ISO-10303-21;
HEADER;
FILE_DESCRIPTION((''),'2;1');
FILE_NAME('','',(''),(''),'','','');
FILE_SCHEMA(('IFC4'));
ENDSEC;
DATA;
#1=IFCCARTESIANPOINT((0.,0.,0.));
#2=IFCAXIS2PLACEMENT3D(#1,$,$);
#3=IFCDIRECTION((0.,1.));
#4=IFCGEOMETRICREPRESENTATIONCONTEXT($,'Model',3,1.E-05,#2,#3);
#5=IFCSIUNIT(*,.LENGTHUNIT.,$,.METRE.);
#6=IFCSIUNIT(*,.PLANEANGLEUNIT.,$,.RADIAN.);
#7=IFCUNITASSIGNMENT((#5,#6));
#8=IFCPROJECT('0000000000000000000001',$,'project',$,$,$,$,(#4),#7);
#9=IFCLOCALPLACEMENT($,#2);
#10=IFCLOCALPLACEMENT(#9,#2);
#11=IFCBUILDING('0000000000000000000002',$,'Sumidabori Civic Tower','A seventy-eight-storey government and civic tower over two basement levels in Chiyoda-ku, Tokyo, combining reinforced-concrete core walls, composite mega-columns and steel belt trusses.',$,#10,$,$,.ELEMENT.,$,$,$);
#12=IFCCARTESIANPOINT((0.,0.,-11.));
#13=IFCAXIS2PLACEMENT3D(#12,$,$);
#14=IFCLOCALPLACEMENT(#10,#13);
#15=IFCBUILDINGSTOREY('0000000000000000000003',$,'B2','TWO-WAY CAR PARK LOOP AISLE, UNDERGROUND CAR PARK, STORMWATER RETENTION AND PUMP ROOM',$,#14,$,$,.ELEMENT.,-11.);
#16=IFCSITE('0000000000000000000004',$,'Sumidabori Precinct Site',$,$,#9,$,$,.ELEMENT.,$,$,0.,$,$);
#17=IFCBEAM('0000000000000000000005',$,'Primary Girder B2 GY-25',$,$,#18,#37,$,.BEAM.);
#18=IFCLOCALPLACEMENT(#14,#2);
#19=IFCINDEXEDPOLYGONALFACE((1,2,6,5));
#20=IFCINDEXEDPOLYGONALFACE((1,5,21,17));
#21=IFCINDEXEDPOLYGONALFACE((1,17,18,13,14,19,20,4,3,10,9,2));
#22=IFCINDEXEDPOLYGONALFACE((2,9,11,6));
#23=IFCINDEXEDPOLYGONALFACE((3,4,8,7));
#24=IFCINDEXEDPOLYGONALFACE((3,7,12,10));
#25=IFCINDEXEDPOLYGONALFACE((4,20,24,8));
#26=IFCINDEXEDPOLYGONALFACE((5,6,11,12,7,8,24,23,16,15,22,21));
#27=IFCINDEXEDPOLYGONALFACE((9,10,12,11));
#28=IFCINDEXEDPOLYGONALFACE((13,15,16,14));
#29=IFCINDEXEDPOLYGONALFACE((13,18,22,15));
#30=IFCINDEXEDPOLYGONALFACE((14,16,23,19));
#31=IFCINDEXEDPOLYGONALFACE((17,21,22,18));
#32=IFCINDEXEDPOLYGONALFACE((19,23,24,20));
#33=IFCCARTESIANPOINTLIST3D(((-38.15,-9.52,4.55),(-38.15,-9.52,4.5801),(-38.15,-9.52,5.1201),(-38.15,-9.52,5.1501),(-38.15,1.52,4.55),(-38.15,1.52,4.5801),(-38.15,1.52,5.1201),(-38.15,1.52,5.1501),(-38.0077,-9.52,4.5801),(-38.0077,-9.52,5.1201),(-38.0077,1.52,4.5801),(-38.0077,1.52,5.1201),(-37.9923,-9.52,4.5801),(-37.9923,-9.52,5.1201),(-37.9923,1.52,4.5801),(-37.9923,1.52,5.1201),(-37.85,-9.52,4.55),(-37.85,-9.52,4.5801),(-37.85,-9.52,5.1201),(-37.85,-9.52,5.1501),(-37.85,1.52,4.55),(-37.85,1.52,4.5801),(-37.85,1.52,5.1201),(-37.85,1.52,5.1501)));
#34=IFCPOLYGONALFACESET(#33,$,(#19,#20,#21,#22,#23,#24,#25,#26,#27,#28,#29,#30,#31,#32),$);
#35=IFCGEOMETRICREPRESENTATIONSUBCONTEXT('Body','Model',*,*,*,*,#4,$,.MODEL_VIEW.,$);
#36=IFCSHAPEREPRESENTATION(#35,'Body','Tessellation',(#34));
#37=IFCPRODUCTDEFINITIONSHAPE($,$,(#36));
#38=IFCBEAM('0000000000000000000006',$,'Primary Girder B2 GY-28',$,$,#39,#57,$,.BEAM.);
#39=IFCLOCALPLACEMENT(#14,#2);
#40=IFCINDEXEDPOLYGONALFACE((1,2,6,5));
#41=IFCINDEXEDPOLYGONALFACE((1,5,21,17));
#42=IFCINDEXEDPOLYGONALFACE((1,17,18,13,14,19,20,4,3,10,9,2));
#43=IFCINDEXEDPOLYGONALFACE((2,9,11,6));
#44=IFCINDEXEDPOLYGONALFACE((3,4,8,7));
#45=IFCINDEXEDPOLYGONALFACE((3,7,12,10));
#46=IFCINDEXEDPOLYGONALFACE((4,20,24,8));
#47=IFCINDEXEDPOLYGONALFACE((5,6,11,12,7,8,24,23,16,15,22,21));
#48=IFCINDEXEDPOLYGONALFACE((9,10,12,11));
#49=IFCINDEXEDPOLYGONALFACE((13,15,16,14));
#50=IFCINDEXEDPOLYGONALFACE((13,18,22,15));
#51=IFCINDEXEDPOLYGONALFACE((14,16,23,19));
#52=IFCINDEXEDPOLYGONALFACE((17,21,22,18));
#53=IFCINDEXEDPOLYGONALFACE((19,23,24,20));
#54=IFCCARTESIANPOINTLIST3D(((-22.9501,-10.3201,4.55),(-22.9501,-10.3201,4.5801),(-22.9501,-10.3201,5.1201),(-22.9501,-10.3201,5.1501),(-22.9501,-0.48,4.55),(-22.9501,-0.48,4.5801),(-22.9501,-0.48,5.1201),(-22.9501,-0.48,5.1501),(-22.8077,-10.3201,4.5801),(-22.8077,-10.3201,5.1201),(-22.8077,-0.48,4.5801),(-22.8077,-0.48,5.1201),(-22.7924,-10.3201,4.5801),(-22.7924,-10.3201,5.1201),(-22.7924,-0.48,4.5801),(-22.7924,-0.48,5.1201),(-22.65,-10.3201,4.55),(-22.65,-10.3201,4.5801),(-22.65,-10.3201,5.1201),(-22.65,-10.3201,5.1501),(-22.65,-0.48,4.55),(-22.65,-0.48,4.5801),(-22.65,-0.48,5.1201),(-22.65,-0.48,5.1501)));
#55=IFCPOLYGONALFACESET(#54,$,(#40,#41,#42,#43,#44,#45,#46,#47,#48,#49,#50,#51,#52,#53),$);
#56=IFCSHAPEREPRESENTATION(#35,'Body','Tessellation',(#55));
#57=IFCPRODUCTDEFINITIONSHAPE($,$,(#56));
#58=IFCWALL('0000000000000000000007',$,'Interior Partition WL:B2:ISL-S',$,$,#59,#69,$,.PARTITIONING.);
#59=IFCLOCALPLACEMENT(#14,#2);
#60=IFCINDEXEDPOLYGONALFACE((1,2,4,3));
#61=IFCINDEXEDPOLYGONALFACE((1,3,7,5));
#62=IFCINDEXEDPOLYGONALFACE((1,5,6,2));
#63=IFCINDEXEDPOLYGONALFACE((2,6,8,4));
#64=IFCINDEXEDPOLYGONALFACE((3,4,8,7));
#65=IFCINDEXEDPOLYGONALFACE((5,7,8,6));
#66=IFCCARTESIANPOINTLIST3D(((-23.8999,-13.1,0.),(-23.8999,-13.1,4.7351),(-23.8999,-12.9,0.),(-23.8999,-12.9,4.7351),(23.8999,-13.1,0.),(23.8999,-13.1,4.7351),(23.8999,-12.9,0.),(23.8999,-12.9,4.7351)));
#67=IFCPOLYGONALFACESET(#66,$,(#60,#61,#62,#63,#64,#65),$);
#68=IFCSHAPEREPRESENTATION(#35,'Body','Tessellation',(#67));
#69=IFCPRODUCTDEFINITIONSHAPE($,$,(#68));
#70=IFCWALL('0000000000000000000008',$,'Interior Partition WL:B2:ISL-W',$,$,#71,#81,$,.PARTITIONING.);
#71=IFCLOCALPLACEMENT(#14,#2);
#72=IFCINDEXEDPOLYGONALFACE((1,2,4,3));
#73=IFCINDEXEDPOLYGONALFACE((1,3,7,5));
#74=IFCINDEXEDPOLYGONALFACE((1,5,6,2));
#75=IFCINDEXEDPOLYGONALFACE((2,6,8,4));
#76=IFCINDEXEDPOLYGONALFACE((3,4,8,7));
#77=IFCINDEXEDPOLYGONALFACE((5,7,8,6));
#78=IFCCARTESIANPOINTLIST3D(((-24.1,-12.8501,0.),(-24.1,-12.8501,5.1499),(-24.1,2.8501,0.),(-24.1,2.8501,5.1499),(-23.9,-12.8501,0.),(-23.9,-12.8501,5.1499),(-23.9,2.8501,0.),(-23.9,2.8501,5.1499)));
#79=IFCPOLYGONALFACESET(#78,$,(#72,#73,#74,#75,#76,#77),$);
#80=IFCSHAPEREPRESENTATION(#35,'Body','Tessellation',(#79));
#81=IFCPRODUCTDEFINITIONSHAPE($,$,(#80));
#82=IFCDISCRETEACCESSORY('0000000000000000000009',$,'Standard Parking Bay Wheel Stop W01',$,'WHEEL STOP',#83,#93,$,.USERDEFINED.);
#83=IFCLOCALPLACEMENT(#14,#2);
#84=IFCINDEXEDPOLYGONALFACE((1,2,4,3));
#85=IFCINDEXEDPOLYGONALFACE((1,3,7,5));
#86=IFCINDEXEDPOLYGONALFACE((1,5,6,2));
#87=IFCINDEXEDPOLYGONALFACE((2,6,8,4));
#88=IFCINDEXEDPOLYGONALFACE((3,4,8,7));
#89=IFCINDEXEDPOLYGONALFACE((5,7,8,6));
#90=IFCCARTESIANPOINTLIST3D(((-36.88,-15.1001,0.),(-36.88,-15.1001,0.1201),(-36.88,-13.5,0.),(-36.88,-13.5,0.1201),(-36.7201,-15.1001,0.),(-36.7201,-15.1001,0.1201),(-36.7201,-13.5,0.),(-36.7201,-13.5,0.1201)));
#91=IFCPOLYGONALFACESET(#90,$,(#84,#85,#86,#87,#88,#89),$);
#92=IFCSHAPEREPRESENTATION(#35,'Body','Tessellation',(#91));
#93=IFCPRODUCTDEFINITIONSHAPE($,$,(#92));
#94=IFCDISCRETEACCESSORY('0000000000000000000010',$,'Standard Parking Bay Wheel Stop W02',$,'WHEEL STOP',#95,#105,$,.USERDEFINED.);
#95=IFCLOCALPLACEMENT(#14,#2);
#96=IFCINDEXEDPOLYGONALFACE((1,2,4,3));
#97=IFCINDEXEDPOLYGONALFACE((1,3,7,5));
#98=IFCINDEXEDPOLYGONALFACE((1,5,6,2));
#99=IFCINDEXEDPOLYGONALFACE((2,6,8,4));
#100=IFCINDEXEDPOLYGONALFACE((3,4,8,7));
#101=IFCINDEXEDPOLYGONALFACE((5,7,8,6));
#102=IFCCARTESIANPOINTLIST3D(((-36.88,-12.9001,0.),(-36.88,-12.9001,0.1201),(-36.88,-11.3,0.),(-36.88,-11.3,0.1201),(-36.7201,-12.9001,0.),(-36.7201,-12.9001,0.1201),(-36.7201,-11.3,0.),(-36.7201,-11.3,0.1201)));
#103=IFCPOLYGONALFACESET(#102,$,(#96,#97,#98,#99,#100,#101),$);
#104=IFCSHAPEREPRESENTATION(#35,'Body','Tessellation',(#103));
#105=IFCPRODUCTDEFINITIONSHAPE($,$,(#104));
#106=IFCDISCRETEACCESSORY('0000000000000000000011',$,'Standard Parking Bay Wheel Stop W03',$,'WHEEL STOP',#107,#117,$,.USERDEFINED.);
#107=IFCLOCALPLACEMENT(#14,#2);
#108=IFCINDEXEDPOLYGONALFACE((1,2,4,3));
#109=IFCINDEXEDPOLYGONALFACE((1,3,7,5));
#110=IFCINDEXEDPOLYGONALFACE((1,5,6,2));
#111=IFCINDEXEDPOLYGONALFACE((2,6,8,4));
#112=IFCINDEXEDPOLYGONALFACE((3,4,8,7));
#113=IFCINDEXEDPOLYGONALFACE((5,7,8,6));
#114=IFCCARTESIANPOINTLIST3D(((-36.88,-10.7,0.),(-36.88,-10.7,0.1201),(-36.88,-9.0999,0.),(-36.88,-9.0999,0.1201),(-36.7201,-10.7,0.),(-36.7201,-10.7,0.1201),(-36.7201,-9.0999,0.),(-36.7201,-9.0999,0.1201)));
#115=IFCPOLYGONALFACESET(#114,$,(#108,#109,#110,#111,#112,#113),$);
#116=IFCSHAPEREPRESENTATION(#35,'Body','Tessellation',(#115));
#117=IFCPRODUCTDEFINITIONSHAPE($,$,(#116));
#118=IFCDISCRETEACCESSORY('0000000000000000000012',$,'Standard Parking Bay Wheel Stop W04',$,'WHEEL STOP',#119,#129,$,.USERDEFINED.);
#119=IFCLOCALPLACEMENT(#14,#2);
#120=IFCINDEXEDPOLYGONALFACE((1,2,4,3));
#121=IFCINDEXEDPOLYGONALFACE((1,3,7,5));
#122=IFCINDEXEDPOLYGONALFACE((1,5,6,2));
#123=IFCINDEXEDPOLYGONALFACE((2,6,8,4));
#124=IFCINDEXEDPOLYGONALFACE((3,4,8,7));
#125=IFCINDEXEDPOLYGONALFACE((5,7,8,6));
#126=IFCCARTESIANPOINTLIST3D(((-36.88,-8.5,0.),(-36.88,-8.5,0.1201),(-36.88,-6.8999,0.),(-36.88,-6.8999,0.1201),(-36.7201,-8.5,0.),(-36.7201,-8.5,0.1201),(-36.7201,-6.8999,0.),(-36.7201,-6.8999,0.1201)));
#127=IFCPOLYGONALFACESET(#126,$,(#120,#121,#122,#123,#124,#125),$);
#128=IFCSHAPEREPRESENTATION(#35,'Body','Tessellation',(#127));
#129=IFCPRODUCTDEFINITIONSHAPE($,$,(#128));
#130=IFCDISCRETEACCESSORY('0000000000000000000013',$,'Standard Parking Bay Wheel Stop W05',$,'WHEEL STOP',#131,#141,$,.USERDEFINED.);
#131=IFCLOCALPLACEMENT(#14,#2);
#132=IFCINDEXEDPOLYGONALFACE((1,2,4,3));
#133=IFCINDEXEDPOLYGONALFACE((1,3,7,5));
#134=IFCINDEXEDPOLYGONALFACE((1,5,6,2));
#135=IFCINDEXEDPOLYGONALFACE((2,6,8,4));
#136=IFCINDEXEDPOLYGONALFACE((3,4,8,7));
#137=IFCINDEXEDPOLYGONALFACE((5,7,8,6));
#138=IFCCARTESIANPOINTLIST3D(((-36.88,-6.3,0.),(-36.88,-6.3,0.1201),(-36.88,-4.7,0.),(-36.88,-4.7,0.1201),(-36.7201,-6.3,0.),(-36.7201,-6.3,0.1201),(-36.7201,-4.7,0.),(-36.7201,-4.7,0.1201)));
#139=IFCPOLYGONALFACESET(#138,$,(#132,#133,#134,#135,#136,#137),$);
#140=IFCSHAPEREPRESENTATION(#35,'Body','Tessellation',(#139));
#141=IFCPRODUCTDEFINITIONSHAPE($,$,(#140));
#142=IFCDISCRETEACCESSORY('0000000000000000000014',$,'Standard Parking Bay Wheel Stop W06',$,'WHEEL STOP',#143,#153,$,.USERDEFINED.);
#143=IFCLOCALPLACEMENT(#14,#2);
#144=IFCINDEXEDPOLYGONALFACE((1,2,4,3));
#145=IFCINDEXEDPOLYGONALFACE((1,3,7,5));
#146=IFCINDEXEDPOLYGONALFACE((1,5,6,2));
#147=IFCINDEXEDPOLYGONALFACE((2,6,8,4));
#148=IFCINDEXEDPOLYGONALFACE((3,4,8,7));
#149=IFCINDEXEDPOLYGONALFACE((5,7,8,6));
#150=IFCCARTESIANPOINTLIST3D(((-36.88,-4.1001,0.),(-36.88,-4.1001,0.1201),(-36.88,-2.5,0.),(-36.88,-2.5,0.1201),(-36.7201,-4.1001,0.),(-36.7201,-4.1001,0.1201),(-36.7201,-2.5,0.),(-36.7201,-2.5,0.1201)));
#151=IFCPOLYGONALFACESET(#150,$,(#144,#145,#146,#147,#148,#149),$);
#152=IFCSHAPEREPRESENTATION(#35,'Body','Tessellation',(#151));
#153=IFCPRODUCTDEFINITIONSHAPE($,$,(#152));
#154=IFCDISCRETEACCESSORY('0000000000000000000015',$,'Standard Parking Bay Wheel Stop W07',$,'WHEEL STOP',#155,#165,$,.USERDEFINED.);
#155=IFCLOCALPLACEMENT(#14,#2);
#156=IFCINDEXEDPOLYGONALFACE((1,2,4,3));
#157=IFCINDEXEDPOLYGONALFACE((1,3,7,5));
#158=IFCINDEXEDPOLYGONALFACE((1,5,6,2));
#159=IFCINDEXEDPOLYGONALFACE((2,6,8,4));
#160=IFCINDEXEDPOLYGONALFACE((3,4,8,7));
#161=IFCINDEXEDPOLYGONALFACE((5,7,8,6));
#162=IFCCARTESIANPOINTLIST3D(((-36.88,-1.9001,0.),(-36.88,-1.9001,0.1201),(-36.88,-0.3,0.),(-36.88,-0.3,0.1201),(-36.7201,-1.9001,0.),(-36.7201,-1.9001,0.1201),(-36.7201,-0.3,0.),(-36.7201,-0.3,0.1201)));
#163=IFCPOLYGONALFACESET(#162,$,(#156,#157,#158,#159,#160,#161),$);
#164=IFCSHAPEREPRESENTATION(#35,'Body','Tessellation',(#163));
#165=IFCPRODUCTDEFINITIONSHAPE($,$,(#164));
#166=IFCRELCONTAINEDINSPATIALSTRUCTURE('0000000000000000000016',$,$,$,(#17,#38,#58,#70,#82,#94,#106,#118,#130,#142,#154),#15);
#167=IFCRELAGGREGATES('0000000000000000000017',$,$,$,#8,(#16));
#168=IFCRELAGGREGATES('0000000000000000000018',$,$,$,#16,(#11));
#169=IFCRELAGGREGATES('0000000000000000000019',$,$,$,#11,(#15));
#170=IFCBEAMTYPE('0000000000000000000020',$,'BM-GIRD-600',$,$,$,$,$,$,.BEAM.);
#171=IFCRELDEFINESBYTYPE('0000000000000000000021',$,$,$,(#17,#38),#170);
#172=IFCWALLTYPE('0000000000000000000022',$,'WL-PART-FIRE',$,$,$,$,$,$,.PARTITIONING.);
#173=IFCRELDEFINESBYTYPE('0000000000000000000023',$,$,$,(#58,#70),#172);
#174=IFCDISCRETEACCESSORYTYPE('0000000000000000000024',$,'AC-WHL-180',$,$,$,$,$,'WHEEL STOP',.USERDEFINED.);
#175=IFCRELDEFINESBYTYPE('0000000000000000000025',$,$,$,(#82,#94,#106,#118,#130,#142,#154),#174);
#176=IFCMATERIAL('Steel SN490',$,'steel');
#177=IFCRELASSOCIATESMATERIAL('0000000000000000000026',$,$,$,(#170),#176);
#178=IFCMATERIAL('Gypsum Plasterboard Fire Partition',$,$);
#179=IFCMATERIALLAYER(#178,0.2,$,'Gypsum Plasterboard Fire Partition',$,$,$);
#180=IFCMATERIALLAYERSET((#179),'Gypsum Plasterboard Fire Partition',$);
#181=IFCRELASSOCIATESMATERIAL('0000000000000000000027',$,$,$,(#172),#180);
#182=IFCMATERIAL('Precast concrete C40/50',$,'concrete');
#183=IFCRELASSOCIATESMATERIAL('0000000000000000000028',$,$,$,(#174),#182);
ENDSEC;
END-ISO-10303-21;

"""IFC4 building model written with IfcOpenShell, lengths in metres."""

from ifc_helpers import new_model, si_unit, direction, frame, frame_2d, origin, origin_2d, place, context, subcontext, project, spatial, rectangle, i_section, extrude, source, transform, mapped, material, layer, layer_set, material_profile, profile_set, type_object, element, save


model = new_model("IFC4")

# Units and contexts
model_context = context("Model", 3, precision=1e-05, world=origin(), true_north=direction((0.0, 1.0)))
body_context = subcontext(model_context, "Body", "Model", "MODEL_VIEW")
ifc_project = project(units=[si_unit("LENGTHUNIT", "METRE"), si_unit("PLANEANGLEUNIT", "RADIAN")], contexts=[model_context])

# Site, building, storey
site_placement = place(None, origin())
site = spatial("IfcSite", under=ifc_project, at=site_placement, Name="Sumidabori Precinct Site", CompositionType="ELEMENT", RefElevation=0.0)
building_placement = place(site_placement, origin())
building = spatial("IfcBuilding", under=site, at=building_placement, Name="Sumidabori Civic Tower", Description="A seventy-eight-storey government and civic tower over two basement levels in Chiyoda-ku, Tokyo, combining reinforced-concrete core walls, composite mega-columns and steel belt trusses.", CompositionType="ELEMENT")
storey_placement = place(building_placement, frame((0.0, 0.0, -11.0)))
storey = spatial("IfcBuildingStorey", under=building, at=storey_placement, Name="B2", Description="TWO-WAY CAR PARK LOOP AISLE, UNDERGROUND CAR PARK, STORMWATER RETENTION AND PUMP ROOM", CompositionType="ELEMENT", Elevation=-11.0)

# Beams
ifc_material_1 = material(Name="Steel SN490", Category="steel")
ifc_material_profile_1 = material_profile(ifc_material_1, i_section(OverallWidth=0.3, OverallDepth=0.6001, WebThickness=0.0154, FlangeThickness=0.03, at=origin_2d()), Name="HE 600 B")
ifc_profile_set_1 = profile_set([ifc_material_profile_1], Name="Steel SN490")
beam_type = type_object("IfcBeamType", Name="BM-GIRD-600", PredefinedType="BEAM", material=ifc_profile_set_1)
shared_shape_1 = source(origin(), body_context, "Body", "SweptSolid", [
    extrude(i_section(OverallWidth=0.3, OverallDepth=0.6001, WebThickness=0.0154, FlangeThickness=0.03, at=origin_2d()), origin(), (0.0, 0.0, 1.0), 11.04),
])
beam_1_placement = place(storey_placement, frame((-38.0, -9.52, 4.8501), z_axis=(0.0, 1.0, 0.0), x_axis=(-1.0, 0.0, 0.0)))
element("IfcBeam", 1, at=beam_1_placement, inside=storey, type_object=beam_type, Name="Primary Girder B2 GY-25", PredefinedType="BEAM", context=body_context, shape_type="MappedRepresentation", body=[
    mapped(shared_shape_1, transform((0.0, 0.0, 0.0), x_axis=(1.0, 0.0, 0.0), y_axis=(0.0, 1.0, 0.0), z_axis=(0.0, 0.0, 1.0), scale=1.0)),
])
shared_shape_2 = source(origin(), body_context, "Body", "SweptSolid", [
    extrude(i_section(OverallWidth=0.3, OverallDepth=0.6001, WebThickness=0.0154, FlangeThickness=0.03, at=origin_2d()), origin(), (0.0, 0.0, 1.0), 9.8401),
])
beam_2_placement = place(storey_placement, frame((-22.8, -10.3201, 4.8501), z_axis=(0.0, 1.0, 0.0), x_axis=(-1.0, 0.0, 0.0)))
element("IfcBeam", 2, at=beam_2_placement, inside=storey, type_object=beam_type, Name="Primary Girder B2 GY-28", PredefinedType="BEAM", context=body_context, shape_type="MappedRepresentation", body=[
    mapped(shared_shape_2, transform((0.0, 0.0, 0.0), x_axis=(1.0, 0.0, 0.0), y_axis=(0.0, 1.0, 0.0), z_axis=(0.0, 0.0, 1.0), scale=1.0)),
])

# Walls
ifc_material_2 = material(Name="Gypsum Plasterboard Fire Partition")
ifc_layer_1 = layer(ifc_material_2, 0.2, Name="Gypsum Plasterboard Fire Partition")
ifc_layer_set_1 = layer_set([ifc_layer_1], Name="Gypsum Plasterboard Fire Partition")
wall_type = type_object("IfcWallType", Name="WL-PART-FIRE", PredefinedType="PARTITIONING", material=ifc_layer_set_1)
shared_shape_3 = source(origin(), body_context, "Body", "SweptSolid", [
    extrude(rectangle(XDim=47.7998, YDim=0.2, at=frame_2d((23.8999, 0.0))), origin(), (0.0, 0.0, 1.0), 4.7351),
])
wall_1_placement = place(storey_placement, frame((-23.8999, -13.0, 0.0), z_axis=(0.0, 0.0, 1.0), x_axis=(1.0, 0.0, 0.0)))
element("IfcWall", 3, at=wall_1_placement, inside=storey, type_object=wall_type, Name="Interior Partition WL:B2:ISL-S", PredefinedType="PARTITIONING", context=body_context, shape_type="MappedRepresentation", body=[
    mapped(shared_shape_3, transform((0.0, 0.0, 0.0), x_axis=(1.0, 0.0, 0.0), y_axis=(0.0, 1.0, 0.0), z_axis=(0.0, 0.0, 1.0), scale=1.0)),
])
shared_shape_4 = source(origin(), body_context, "Body", "SweptSolid", [
    extrude(rectangle(XDim=15.7002, YDim=0.2, at=frame_2d((7.8501, 0.0))), origin(), (0.0, 0.0, 1.0), 5.1499),
])
wall_2_placement = place(storey_placement, frame((-24.0, -12.8501, 0.0), z_axis=(0.0, 0.0, 1.0), x_axis=(0.0, 1.0, 0.0)))
element("IfcWall", 4, at=wall_2_placement, inside=storey, type_object=wall_type, Name="Interior Partition WL:B2:ISL-W", PredefinedType="PARTITIONING", context=body_context, shape_type="MappedRepresentation", body=[
    mapped(shared_shape_4, transform((0.0, 0.0, 0.0), x_axis=(1.0, 0.0, 0.0), y_axis=(0.0, 1.0, 0.0), z_axis=(0.0, 0.0, 1.0), scale=1.0)),
])

# Discrete accessories
ifc_material_3 = material(Name="Precast concrete C40/50", Category="concrete")
discrete_accessory_type = type_object("IfcDiscreteAccessoryType", Name="AC-WHL-180", ElementType="WHEEL STOP", PredefinedType="USERDEFINED", material=ifc_material_3)
shared_shape_5 = source(origin(), body_context, "Body", "SweptSolid", [
    extrude(rectangle(XDim=0.1599, YDim=1.6001, at=origin_2d()), origin(), (0.0, 0.0, 1.0), 0.1201),
])
for number, where, z_axis, x_axis, name in (
    (5, (-36.8, -14.3, 0.0), (0.0, 0.0, 1.0), (1.0, 0.0, 0.0), "Standard Parking Bay Wheel Stop W01"),
    (6, (-36.8, -12.1001, 0.0), (0.0, 0.0, 1.0), (1.0, 0.0, 0.0), "Standard Parking Bay Wheel Stop W02"),
    (7, (-36.8, -9.8999, 0.0), (0.0, 0.0, 1.0), (1.0, 0.0, 0.0), "Standard Parking Bay Wheel Stop W03"),
    (8, (-36.8, -7.7, 0.0), (0.0, 0.0, 1.0), (1.0, 0.0, 0.0), "Standard Parking Bay Wheel Stop W04"),
    (9, (-36.8, -5.5, 0.0), (0.0, 0.0, 1.0), (1.0, 0.0, 0.0), "Standard Parking Bay Wheel Stop W05"),
    (10, (-36.8, -3.3, 0.0), (0.0, 0.0, 1.0), (1.0, 0.0, 0.0), "Standard Parking Bay Wheel Stop W06"),
    (11, (-36.8, -1.1001, 0.0), (0.0, 0.0, 1.0), (1.0, 0.0, 0.0), "Standard Parking Bay Wheel Stop W07"),
):
    element("IfcDiscreteAccessory", number, at=place(storey_placement, frame(where, z_axis=z_axis, x_axis=x_axis)), inside=storey, type_object=discrete_accessory_type, Name=name, ObjectType="WHEEL STOP", PredefinedType="USERDEFINED", context=body_context, shape_type="MappedRepresentation", body=[
        mapped(shared_shape_5, transform((0.0, 0.0, 0.0), x_axis=(1.0, 0.0, 0.0), y_axis=(0.0, 1.0, 0.0), z_axis=(0.0, 0.0, 1.0), scale=1.0)),
    ])

save(model, "model.ifc")
